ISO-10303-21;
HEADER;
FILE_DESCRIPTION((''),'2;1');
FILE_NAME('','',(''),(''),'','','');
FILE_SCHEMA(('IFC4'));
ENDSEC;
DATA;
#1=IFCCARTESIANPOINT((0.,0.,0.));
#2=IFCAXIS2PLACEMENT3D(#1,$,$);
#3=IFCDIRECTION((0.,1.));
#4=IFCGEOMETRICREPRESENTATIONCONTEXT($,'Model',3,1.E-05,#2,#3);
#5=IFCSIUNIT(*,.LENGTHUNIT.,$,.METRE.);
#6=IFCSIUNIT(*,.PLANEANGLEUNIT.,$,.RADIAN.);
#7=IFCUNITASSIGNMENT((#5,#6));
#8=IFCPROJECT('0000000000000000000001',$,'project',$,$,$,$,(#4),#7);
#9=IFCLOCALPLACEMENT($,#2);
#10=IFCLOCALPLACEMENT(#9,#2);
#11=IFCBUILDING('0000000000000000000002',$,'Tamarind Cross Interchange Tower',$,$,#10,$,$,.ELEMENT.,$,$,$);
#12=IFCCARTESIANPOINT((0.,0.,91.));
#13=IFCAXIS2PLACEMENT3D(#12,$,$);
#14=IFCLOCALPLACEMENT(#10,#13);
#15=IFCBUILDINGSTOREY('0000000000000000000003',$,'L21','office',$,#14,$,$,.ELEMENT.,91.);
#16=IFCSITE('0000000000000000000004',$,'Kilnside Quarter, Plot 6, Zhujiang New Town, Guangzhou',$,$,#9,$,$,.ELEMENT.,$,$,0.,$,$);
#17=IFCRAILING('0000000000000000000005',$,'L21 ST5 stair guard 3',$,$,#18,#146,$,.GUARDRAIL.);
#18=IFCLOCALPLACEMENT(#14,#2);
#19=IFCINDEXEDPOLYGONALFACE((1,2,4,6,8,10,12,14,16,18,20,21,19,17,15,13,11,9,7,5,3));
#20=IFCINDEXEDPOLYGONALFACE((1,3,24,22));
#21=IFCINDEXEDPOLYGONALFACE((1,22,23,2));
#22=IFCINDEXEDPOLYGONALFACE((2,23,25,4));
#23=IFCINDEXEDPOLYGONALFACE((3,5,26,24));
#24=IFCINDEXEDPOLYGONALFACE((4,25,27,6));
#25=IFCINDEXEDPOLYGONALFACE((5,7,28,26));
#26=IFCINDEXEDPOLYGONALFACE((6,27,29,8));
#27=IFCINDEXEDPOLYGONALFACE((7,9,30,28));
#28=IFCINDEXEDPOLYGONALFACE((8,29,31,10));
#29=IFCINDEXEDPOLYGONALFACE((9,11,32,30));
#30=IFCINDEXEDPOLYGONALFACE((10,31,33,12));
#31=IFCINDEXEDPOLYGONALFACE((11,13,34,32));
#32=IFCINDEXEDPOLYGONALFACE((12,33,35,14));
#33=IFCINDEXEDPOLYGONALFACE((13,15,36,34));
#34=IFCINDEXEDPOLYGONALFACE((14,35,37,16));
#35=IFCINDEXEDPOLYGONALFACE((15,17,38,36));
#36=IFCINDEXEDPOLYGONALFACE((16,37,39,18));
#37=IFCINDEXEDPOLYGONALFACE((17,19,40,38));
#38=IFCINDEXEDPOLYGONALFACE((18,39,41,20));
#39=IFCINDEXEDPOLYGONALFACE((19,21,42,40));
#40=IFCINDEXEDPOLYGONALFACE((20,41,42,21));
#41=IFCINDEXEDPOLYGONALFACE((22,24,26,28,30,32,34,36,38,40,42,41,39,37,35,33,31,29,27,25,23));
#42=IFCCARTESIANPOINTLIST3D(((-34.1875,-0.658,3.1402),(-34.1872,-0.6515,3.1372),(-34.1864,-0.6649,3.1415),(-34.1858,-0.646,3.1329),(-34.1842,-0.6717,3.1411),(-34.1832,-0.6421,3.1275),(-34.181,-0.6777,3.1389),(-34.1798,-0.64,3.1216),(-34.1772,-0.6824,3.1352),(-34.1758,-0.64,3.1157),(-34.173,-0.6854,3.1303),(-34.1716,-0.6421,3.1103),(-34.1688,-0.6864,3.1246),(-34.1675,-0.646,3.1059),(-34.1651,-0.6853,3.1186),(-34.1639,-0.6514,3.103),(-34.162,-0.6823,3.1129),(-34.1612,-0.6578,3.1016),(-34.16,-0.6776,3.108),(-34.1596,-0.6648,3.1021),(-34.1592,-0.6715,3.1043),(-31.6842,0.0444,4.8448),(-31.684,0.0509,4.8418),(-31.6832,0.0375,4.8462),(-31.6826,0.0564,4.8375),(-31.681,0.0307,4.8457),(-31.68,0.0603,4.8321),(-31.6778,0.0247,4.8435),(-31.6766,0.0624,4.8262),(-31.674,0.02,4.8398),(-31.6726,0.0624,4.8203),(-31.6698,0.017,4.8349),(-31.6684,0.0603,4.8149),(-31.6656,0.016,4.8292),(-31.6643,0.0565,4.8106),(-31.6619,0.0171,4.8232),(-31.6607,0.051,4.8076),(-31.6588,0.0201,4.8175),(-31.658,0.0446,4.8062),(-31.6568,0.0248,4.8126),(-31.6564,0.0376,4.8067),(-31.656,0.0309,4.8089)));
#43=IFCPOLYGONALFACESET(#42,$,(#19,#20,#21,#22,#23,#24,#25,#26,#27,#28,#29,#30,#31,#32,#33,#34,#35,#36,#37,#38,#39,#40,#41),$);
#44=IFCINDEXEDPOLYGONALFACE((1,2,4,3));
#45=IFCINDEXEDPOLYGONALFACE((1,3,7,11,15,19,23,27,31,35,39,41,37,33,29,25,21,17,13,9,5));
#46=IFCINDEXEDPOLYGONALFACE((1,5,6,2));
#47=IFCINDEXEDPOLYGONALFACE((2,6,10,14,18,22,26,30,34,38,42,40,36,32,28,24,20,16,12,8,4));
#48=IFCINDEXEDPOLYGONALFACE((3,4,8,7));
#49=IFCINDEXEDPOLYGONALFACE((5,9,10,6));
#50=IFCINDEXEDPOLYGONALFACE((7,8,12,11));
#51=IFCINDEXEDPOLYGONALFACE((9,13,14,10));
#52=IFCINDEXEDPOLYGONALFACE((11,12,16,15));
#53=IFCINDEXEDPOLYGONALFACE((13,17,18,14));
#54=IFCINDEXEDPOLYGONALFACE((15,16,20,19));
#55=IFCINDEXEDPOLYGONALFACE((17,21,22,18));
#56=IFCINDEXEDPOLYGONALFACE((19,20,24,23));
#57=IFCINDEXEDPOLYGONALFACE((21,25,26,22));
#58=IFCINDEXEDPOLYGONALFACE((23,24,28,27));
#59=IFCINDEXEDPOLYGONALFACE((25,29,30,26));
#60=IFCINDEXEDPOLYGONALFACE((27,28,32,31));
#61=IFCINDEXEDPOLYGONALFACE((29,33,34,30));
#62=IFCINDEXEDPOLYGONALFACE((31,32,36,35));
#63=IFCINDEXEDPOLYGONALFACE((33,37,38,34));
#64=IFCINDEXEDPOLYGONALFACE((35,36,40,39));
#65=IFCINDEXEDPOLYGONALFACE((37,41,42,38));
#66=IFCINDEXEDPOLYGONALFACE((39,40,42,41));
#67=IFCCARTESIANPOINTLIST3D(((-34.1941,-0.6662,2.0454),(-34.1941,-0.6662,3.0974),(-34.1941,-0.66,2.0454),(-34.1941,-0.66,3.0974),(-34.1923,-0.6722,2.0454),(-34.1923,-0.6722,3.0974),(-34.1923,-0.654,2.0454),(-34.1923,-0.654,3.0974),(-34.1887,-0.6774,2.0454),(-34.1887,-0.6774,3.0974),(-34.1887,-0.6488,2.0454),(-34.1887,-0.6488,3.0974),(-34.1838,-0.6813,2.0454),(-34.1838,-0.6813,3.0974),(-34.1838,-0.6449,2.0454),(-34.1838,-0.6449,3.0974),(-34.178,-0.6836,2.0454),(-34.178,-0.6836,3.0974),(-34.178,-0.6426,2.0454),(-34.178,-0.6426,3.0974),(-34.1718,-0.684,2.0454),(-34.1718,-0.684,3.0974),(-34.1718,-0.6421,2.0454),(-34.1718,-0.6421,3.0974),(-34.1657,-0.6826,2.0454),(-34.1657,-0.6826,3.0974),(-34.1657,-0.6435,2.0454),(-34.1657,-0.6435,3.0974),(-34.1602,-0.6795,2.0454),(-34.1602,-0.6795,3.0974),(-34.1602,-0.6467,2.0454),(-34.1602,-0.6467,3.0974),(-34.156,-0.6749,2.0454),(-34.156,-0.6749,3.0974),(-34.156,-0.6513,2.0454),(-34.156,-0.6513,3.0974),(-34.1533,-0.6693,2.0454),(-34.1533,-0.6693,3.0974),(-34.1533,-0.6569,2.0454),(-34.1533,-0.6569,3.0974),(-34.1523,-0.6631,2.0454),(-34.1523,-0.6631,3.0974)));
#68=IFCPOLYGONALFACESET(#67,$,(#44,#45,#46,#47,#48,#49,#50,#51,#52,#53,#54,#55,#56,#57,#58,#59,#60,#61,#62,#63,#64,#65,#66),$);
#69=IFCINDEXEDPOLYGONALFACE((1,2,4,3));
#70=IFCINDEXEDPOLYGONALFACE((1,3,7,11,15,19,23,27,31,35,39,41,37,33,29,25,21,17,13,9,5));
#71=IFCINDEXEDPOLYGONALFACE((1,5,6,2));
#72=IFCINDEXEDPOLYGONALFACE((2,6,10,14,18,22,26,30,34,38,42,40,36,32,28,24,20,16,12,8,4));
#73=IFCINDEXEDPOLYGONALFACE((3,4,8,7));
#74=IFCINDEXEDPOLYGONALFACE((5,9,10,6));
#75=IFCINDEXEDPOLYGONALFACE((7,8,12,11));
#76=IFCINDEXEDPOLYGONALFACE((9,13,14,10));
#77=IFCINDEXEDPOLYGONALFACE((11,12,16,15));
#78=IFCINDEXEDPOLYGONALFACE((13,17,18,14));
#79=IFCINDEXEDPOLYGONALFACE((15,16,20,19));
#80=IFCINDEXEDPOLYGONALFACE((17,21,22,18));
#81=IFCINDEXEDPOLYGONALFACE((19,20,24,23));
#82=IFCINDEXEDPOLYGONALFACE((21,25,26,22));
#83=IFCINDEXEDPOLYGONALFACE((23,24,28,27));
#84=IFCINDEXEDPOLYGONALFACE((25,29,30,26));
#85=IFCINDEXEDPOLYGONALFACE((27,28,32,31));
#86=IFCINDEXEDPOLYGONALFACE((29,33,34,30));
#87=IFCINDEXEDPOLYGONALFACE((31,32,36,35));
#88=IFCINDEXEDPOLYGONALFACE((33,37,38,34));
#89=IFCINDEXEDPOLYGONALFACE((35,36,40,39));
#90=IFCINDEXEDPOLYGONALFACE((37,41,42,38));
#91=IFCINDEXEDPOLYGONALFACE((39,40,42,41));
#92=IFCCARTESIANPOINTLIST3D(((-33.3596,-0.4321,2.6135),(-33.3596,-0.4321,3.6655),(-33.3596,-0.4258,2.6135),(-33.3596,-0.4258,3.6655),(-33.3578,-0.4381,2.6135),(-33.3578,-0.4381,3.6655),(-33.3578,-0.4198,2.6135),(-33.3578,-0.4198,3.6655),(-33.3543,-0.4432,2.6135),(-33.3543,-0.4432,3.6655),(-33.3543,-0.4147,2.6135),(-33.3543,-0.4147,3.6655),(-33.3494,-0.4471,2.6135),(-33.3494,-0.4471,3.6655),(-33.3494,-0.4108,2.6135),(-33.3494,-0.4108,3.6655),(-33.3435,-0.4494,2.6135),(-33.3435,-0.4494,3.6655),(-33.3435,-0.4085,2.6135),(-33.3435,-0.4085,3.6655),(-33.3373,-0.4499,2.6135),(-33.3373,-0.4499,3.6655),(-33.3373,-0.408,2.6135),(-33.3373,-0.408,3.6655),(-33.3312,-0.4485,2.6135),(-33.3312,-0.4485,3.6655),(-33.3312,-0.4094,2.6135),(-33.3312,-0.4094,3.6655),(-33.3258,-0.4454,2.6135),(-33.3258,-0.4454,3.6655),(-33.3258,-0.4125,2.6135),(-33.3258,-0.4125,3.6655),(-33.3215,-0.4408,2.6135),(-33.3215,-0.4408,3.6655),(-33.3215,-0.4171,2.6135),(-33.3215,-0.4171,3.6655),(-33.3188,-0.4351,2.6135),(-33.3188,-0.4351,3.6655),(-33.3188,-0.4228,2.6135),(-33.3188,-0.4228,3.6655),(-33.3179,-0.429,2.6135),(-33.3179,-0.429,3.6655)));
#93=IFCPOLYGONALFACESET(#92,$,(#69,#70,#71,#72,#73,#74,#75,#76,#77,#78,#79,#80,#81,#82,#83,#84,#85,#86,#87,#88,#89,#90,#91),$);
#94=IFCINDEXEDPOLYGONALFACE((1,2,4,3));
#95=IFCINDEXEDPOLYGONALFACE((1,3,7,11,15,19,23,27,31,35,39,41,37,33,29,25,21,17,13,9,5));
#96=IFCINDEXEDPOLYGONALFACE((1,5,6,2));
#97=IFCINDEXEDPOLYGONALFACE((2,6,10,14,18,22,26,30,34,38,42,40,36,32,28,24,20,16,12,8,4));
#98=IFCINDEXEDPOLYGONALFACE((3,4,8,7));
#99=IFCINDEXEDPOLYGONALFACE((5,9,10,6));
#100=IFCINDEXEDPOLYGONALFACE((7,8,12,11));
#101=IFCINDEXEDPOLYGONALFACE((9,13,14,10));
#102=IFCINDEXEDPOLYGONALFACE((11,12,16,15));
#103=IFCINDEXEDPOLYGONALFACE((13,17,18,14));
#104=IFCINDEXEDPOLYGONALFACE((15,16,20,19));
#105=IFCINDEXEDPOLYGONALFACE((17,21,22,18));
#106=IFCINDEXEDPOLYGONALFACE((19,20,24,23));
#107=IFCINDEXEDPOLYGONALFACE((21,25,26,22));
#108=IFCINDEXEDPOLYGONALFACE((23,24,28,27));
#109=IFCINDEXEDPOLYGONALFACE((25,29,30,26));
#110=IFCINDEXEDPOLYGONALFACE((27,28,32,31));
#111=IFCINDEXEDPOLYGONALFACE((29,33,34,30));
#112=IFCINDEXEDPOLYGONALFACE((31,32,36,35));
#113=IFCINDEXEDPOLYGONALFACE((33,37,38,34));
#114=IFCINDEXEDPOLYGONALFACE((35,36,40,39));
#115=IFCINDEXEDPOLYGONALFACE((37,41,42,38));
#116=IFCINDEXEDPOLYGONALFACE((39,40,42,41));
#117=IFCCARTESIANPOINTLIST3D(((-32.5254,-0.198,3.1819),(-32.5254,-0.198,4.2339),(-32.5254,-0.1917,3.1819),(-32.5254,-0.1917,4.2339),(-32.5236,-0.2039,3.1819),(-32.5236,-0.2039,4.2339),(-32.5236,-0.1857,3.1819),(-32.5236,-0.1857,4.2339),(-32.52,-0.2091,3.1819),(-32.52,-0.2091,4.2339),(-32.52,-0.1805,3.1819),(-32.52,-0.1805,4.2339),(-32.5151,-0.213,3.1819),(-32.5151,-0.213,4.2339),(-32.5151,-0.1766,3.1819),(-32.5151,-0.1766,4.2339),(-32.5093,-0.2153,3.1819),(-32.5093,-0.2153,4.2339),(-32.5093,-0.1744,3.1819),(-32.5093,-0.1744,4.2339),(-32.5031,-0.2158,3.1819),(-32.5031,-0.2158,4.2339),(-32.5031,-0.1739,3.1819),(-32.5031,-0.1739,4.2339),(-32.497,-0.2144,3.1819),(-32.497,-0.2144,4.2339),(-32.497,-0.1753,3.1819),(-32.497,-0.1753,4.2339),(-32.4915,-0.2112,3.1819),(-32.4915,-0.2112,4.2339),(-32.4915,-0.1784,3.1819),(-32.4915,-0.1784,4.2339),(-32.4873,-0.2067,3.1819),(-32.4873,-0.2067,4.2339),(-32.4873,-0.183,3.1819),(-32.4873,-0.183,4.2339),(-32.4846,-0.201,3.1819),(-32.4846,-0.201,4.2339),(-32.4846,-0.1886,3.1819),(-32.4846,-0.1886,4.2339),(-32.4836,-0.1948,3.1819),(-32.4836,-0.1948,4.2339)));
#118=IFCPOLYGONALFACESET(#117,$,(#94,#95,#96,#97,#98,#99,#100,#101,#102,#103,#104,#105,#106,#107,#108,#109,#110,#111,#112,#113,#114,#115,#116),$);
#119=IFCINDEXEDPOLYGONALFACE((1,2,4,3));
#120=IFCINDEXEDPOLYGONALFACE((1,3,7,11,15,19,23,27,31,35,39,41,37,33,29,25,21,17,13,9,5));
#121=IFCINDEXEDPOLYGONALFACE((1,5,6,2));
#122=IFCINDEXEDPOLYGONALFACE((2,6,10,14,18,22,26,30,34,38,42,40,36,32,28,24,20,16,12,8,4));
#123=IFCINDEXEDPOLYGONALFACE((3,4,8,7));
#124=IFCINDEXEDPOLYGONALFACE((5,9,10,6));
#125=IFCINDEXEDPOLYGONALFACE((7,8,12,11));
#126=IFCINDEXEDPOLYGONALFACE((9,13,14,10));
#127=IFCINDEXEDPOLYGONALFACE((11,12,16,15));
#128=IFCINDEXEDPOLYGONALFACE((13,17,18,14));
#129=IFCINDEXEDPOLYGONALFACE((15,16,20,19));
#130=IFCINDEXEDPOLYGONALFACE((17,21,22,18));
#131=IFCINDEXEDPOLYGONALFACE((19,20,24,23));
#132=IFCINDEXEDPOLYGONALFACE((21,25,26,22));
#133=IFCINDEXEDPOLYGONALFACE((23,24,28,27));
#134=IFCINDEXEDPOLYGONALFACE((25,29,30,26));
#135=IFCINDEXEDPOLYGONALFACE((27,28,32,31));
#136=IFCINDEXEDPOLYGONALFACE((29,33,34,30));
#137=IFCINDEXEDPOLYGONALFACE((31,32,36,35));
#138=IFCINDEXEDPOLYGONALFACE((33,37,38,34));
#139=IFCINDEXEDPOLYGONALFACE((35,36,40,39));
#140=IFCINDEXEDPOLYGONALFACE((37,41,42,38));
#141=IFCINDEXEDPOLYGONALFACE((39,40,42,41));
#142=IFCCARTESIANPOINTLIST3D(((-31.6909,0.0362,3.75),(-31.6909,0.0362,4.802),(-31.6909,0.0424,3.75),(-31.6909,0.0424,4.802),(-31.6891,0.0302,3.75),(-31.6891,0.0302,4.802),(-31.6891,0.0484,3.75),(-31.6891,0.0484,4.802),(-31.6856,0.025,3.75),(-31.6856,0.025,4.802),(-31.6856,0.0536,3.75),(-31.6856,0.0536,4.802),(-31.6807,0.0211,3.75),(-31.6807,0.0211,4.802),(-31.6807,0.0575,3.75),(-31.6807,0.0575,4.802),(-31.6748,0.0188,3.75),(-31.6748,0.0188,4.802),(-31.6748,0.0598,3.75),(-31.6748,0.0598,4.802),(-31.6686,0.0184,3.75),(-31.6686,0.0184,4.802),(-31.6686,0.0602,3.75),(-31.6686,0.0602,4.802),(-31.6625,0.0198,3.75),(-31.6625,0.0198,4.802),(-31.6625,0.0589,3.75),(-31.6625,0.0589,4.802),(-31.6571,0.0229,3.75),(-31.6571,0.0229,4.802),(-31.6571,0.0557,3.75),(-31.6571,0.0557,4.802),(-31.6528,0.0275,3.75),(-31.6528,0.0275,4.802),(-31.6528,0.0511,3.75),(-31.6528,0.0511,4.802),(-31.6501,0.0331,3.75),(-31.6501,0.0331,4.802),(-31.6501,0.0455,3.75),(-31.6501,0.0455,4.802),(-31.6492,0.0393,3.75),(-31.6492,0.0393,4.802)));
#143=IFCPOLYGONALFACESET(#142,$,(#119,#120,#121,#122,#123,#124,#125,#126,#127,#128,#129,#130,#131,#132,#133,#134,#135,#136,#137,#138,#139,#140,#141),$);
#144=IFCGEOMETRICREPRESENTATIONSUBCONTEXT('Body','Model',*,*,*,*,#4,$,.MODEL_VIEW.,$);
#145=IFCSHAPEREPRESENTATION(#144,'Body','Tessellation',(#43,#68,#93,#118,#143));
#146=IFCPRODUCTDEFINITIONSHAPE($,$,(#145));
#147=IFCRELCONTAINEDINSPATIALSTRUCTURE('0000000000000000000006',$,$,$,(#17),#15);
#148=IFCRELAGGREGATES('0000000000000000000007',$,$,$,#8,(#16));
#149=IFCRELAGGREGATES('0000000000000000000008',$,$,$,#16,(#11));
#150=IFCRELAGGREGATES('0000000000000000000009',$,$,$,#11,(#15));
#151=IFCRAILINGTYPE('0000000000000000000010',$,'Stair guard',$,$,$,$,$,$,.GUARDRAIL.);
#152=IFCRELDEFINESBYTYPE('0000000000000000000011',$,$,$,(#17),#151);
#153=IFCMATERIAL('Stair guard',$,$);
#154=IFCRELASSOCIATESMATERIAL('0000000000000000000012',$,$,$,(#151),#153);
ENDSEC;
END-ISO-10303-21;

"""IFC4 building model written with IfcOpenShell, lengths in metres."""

from ifc_helpers import new_model, si_unit, direction, frame, origin, origin_2d, place, context, subcontext, project, spatial, circle, extrude, material, type_object, element, save


model = new_model("IFC4")

# Units and contexts
model_context = context("Model", 3, precision=1e-05, world=origin(), true_north=direction((0.0, 1.0)))
body_context = subcontext(model_context, "Body", "Model", "MODEL_VIEW")
ifc_project = project(units=[si_unit("LENGTHUNIT", "METRE"), si_unit("PLANEANGLEUNIT", "RADIAN")], contexts=[model_context])

# Site, building, storey
site_placement = place(None, origin())
site = spatial("IfcSite", under=ifc_project, at=site_placement, Name="Kilnside Quarter, Plot 6, Zhujiang New Town, Guangzhou", CompositionType="ELEMENT", RefElevation=0.0)
building_placement = place(site_placement, origin())
building = spatial("IfcBuilding", under=site, at=building_placement, Name="Tamarind Cross Interchange Tower", CompositionType="ELEMENT")
storey_placement = place(building_placement, frame((0.0, 0.0, 91.0)))
storey = spatial("IfcBuildingStorey", under=building, at=storey_placement, Name="L21", Description="office", CompositionType="ELEMENT", Elevation=91.0)

# Railing
ifc_material_1 = material(Name="Stair guard")
railing_type_1 = type_object("IfcRailingType", Name="Stair guard", PredefinedType="GUARDRAIL", material=ifc_material_1)
railing_1_placement = place(storey_placement, frame((-34.1733, -0.6631, 2.0454)))
element("IfcRailing", 1, at=railing_1_placement, inside=storey, type_object=railing_type_1, Name="L21 ST5 stair guard 3", PredefinedType="GUARDRAIL", context=body_context, shape_type="SweptSolid", body=[
    extrude(circle(Radius=0.0239, at=origin_2d()), frame((0.0, 0.0, 1.0762), z_axis=(0.80518, 0.225934, 0.548305), x_axis=(-0.270166, 0.962814, 0.0)), (0.0, 0.0, 1.0), 3.1089),
    extrude(circle(Radius=0.021, at=origin_2d()), origin(), (0.0, 0.0, 1.0), 1.052),
    extrude(circle(Radius=0.021, at=origin_2d()), frame((0.8345, 0.2341, 0.5681)), (0.0, 0.0, 1.0), 1.052),
    extrude(circle(Radius=0.021, at=origin_2d()), frame((1.6687, 0.4683, 1.1365)), (0.0, 0.0, 1.0), 1.052),
    extrude(circle(Radius=0.021, at=origin_2d()), frame((2.5032, 0.7024, 1.7046)), (0.0, 0.0, 1.0), 1.052),
])

save(model, "model.ifc")
